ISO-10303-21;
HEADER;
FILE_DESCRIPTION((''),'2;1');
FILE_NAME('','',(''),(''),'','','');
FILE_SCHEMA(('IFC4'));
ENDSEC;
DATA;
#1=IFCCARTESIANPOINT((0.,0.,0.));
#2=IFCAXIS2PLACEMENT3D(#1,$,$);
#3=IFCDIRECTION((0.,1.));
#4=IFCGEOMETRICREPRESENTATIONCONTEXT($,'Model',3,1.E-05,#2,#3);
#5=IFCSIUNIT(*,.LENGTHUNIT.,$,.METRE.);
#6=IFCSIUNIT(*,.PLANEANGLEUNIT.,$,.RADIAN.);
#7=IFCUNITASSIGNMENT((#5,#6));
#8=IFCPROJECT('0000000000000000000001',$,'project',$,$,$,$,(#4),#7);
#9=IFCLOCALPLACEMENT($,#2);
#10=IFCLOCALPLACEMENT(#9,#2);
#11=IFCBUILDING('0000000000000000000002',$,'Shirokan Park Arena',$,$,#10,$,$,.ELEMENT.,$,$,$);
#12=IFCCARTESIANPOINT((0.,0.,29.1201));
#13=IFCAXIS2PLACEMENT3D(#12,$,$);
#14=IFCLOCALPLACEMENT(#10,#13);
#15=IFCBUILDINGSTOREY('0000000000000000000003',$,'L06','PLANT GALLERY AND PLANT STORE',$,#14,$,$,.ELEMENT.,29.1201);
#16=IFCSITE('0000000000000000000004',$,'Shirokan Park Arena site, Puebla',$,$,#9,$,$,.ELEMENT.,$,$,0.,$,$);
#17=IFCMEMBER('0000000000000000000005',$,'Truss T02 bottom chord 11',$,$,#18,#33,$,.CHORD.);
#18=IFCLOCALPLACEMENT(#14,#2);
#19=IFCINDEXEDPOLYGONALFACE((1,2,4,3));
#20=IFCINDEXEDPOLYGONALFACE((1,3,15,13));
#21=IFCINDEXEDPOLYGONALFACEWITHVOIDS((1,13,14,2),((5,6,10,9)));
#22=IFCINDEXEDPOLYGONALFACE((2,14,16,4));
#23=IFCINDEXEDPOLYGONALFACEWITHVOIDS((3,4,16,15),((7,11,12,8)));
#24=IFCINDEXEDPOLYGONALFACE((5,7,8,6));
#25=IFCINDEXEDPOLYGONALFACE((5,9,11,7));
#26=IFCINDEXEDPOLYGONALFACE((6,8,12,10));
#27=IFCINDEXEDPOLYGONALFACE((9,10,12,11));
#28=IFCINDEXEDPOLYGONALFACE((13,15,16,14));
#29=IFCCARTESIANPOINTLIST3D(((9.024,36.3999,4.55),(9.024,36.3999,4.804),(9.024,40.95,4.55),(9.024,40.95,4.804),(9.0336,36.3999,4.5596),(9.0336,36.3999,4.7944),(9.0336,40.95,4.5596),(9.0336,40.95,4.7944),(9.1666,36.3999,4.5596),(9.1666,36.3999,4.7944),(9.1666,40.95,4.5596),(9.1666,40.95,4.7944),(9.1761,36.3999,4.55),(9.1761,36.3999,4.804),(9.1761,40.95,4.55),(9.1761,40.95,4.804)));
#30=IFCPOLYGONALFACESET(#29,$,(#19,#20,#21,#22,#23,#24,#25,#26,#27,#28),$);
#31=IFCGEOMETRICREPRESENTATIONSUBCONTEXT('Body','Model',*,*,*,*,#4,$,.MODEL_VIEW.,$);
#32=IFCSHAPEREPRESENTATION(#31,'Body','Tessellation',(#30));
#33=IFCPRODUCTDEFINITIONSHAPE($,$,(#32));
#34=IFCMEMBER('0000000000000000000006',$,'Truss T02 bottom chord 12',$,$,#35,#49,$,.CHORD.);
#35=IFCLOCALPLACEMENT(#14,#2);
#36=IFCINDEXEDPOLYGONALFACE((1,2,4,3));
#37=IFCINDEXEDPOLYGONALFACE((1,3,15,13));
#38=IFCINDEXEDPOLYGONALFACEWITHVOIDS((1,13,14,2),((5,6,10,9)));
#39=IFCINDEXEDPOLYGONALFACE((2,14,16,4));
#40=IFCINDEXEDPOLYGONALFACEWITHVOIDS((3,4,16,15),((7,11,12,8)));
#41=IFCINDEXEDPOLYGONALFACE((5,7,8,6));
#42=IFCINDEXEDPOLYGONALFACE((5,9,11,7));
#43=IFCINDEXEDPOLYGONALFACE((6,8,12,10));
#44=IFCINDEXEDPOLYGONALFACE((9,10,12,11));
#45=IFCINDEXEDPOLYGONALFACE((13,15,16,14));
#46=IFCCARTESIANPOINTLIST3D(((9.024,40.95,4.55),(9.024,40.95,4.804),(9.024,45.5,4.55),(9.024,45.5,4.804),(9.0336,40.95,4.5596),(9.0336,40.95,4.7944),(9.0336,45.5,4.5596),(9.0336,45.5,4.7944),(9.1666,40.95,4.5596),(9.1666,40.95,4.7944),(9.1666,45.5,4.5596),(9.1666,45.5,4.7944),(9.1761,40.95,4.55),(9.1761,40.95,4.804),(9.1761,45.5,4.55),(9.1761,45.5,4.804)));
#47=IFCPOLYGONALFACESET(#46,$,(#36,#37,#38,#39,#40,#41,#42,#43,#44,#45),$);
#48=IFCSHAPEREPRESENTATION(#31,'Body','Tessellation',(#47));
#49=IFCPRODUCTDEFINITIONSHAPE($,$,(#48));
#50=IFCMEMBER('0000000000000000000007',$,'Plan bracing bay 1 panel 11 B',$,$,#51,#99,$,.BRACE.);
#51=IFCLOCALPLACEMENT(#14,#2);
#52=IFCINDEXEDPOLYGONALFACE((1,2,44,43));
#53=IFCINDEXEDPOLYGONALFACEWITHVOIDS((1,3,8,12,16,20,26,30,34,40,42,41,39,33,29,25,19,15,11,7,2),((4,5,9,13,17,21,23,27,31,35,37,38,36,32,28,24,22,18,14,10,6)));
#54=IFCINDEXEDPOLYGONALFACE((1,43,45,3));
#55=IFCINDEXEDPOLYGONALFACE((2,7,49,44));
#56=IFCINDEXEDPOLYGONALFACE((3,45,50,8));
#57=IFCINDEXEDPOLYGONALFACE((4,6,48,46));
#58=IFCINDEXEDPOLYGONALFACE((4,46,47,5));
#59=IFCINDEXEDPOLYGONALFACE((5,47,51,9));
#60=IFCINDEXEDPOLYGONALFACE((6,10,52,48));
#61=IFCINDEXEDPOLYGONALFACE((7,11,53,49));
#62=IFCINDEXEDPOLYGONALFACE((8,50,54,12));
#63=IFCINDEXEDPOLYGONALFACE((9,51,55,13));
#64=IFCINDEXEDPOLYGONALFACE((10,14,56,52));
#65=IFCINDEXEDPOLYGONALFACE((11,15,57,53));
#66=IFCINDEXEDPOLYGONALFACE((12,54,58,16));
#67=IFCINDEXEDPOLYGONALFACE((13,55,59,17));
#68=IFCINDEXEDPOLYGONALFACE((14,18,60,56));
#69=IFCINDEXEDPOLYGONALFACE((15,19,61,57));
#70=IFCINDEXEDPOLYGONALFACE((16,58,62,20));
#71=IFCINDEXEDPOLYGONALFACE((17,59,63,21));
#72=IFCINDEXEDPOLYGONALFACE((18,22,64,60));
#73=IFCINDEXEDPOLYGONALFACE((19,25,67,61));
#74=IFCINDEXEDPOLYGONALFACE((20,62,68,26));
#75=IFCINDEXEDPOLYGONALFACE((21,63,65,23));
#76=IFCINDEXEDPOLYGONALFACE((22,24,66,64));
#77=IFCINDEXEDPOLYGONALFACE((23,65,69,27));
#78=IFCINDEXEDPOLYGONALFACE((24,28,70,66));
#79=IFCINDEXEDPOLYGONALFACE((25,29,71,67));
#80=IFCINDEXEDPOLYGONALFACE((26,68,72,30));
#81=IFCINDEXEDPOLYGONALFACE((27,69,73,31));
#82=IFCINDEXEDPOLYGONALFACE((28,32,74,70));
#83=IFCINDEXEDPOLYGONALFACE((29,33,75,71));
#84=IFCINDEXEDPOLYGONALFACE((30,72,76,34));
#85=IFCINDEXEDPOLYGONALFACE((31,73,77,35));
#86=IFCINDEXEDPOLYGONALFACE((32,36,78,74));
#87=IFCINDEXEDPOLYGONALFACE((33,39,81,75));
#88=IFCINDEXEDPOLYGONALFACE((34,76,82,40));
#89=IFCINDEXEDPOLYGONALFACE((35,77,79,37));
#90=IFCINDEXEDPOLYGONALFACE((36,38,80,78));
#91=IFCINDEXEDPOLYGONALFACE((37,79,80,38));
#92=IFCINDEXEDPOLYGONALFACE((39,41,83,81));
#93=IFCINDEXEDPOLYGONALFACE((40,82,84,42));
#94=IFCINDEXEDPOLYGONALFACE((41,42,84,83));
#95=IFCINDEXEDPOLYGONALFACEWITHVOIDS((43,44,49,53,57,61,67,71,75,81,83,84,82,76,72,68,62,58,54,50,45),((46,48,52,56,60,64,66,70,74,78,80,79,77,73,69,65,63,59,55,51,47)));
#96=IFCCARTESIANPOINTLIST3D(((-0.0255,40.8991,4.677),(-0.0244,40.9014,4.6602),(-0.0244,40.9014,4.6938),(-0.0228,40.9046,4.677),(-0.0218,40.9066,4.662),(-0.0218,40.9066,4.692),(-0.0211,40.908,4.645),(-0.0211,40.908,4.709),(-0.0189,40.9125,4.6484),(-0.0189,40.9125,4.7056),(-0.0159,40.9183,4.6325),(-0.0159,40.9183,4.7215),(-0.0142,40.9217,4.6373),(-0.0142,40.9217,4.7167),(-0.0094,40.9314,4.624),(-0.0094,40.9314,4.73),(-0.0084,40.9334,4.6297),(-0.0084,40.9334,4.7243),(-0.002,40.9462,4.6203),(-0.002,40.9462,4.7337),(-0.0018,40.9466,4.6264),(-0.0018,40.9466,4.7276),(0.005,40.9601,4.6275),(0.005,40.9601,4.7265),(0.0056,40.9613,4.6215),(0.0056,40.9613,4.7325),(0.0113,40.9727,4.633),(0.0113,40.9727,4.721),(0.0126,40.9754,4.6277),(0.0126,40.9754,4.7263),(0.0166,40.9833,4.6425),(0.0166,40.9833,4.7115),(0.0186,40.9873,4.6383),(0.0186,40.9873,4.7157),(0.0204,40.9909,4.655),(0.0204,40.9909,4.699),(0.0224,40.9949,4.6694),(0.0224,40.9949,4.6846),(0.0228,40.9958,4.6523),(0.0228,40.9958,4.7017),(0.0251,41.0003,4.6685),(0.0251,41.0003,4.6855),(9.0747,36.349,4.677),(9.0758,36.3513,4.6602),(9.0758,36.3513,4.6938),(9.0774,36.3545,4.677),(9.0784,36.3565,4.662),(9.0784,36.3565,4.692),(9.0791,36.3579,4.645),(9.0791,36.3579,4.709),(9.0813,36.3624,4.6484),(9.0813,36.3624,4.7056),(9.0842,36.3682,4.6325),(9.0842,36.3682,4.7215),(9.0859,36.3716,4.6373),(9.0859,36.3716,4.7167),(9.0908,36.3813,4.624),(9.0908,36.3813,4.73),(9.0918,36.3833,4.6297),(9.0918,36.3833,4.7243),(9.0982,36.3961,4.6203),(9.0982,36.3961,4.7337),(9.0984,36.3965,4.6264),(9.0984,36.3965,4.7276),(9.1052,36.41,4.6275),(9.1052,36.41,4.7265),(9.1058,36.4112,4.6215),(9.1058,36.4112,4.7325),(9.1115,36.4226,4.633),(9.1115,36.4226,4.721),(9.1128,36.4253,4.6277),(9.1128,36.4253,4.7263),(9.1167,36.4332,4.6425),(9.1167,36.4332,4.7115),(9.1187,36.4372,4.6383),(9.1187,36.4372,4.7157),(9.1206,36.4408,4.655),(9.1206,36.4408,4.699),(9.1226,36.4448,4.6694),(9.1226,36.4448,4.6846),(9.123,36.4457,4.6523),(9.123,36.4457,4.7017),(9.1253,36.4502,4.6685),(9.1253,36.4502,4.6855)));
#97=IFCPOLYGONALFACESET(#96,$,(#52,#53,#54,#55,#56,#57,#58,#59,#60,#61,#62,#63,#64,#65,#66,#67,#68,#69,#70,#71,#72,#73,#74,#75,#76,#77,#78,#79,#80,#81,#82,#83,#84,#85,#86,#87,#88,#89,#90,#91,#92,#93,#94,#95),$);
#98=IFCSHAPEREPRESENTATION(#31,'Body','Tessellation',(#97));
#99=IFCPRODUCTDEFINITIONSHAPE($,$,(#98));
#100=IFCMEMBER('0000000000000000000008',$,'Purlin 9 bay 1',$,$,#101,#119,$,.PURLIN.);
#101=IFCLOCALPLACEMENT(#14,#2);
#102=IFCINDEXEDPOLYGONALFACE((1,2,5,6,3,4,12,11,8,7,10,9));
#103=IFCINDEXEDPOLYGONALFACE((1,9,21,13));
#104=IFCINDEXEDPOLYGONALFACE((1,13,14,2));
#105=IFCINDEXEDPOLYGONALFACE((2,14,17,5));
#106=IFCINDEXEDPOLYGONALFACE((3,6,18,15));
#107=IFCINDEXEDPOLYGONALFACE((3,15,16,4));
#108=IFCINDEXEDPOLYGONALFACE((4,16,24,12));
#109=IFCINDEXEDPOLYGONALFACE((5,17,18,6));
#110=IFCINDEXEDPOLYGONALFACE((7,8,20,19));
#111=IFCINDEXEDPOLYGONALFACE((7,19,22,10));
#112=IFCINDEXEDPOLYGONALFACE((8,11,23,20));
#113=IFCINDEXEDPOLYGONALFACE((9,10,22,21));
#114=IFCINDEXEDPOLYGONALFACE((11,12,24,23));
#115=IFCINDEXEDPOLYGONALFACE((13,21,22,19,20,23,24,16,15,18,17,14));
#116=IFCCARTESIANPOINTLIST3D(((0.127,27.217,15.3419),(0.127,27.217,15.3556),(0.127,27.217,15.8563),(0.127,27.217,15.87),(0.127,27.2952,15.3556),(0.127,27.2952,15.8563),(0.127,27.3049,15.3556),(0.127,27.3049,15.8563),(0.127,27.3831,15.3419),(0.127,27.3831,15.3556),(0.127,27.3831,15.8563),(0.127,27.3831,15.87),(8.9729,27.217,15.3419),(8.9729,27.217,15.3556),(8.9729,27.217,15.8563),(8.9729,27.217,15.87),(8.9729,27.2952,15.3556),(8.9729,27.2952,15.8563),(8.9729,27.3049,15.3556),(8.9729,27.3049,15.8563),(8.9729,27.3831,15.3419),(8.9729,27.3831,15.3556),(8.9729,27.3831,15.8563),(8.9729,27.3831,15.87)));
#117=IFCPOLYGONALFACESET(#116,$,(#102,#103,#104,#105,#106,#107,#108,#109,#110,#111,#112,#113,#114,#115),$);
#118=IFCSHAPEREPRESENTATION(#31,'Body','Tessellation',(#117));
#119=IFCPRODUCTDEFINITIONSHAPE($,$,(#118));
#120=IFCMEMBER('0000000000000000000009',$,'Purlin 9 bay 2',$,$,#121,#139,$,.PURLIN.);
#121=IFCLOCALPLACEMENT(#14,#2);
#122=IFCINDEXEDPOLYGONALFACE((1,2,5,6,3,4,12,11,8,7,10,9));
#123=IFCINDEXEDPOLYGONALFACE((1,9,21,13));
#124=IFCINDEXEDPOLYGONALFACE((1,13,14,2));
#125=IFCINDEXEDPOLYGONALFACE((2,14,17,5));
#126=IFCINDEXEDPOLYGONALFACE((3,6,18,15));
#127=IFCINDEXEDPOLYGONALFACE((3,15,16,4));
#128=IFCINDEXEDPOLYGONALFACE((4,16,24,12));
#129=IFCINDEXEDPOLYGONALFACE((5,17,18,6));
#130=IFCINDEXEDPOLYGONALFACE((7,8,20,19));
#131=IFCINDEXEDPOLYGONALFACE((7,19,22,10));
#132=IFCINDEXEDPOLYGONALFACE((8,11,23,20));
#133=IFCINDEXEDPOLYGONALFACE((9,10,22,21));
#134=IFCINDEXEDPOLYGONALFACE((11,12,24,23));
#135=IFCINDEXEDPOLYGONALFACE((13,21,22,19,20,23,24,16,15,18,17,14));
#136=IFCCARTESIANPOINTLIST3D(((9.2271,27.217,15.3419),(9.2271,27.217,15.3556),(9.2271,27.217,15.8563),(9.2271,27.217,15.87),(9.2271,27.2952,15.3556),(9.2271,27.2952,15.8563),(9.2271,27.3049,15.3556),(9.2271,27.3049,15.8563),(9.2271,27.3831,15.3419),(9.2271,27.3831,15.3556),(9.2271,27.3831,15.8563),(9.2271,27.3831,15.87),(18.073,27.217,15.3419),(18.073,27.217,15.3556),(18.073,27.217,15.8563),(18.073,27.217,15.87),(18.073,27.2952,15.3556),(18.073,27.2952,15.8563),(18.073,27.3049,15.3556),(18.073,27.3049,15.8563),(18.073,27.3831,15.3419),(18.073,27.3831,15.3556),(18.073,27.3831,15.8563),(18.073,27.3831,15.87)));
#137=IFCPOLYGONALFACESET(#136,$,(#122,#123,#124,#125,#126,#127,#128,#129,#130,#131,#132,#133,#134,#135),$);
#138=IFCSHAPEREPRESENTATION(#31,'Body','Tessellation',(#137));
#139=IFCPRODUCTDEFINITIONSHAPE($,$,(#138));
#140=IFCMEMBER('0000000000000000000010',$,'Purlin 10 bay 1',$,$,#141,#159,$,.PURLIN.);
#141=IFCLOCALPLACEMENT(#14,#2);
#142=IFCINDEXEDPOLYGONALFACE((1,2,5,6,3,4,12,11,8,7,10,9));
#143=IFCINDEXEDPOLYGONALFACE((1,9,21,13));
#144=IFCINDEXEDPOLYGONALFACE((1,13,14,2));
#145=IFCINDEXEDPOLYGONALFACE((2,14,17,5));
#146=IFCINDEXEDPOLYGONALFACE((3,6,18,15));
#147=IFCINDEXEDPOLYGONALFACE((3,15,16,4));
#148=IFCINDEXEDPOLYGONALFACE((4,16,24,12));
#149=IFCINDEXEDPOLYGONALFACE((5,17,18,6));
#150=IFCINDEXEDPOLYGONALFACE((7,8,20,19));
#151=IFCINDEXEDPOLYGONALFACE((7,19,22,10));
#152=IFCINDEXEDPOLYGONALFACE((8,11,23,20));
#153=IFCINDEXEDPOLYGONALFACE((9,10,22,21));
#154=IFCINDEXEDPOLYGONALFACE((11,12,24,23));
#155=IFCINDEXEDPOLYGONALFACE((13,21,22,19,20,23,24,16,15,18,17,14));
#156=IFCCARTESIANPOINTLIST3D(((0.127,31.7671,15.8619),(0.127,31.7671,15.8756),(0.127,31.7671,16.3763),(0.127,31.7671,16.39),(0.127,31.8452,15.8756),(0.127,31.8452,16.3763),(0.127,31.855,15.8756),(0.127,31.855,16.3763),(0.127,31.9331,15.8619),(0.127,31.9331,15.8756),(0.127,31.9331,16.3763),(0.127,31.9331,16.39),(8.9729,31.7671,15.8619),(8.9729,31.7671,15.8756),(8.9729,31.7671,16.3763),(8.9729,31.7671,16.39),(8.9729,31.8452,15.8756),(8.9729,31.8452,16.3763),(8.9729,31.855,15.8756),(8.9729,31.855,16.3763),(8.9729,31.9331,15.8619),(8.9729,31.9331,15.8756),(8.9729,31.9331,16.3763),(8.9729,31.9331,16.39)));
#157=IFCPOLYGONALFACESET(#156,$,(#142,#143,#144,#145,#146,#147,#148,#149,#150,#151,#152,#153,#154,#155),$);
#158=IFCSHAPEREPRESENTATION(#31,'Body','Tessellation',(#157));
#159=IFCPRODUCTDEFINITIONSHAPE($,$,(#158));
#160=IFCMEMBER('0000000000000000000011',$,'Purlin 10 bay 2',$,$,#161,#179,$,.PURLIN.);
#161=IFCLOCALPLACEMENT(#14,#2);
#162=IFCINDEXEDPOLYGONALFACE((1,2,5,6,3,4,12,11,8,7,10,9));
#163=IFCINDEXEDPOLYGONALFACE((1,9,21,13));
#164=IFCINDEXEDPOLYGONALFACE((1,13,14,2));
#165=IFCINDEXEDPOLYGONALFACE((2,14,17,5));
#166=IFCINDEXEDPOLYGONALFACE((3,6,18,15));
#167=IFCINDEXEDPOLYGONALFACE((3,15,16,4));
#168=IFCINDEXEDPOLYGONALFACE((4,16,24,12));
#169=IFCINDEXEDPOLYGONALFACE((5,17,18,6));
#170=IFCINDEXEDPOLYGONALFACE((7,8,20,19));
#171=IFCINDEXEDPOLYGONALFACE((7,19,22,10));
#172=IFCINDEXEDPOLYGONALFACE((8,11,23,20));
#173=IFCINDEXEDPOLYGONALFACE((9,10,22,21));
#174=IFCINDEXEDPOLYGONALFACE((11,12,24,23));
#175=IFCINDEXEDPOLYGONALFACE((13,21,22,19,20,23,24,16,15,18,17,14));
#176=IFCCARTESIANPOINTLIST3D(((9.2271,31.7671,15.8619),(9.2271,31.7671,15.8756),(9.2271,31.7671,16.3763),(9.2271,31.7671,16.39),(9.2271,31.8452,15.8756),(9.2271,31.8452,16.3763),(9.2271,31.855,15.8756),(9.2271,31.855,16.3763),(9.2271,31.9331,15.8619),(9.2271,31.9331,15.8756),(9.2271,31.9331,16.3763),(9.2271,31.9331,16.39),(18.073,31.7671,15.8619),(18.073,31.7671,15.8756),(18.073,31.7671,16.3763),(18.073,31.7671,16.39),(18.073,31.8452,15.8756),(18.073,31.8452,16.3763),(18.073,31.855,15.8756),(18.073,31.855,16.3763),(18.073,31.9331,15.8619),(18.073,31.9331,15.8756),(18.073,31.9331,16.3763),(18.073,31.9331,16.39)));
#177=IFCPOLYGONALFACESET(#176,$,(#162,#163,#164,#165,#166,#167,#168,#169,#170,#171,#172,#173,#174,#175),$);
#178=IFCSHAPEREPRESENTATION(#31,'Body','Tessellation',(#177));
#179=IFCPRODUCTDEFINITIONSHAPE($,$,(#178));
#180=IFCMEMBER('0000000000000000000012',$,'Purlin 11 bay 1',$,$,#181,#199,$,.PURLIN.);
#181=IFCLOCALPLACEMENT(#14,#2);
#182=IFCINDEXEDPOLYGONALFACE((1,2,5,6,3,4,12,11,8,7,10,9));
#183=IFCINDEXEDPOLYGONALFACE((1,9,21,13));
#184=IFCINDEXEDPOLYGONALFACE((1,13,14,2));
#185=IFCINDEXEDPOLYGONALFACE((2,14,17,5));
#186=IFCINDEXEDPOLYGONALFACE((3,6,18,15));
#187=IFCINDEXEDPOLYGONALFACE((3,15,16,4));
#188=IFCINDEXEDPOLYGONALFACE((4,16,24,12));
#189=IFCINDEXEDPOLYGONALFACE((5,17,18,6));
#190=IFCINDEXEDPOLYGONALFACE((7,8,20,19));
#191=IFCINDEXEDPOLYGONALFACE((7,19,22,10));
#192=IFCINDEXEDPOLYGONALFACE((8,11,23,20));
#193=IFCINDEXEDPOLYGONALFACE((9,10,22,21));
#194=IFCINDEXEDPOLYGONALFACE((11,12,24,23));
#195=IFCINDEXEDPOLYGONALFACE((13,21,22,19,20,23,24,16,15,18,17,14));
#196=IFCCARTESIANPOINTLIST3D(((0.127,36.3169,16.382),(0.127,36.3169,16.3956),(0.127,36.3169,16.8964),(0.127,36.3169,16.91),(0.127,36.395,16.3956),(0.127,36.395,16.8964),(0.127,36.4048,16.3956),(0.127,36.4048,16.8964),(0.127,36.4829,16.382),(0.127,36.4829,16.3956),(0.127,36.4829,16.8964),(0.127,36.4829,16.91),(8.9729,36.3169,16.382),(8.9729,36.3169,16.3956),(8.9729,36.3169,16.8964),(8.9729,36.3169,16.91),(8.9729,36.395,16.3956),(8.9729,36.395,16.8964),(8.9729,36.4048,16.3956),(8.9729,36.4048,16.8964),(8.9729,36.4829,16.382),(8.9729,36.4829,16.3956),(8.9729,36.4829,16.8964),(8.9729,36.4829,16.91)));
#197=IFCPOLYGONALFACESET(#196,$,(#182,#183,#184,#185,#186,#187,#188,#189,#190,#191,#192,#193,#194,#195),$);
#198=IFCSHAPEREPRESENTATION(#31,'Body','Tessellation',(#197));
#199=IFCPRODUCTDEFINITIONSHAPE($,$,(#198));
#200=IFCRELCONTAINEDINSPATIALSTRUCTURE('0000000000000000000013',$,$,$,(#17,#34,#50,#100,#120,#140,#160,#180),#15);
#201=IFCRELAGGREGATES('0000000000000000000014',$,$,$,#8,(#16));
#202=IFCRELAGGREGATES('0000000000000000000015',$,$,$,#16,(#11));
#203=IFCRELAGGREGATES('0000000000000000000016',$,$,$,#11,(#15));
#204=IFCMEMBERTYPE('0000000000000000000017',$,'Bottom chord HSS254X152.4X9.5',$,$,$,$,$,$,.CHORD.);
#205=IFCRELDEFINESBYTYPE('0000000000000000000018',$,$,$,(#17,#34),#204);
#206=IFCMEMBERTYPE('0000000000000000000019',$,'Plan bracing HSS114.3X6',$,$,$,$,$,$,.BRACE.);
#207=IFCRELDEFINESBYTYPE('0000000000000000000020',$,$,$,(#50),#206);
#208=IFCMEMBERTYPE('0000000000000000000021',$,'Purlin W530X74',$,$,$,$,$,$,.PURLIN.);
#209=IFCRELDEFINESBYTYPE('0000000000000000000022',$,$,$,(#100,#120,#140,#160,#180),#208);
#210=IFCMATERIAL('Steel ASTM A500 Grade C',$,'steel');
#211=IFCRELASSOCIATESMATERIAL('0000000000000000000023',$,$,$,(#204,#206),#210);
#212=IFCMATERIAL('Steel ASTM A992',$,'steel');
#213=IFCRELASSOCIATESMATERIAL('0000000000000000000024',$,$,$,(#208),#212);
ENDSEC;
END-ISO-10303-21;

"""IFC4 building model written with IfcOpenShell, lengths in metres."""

from ifc_helpers import new_model, si_unit, direction, frame, origin, origin_2d, place, context, subcontext, project, spatial, hollow_rectangle, hollow_circle, i_section, extrude, material, material_profile, profile_set, type_object, element, save


model = new_model("IFC4")

# Units and contexts
model_context = context("Model", 3, precision=1e-05, world=origin(), true_north=direction((0.0, 1.0)))
body_context = subcontext(model_context, "Body", "Model", "MODEL_VIEW")
ifc_project = project(units=[si_unit("LENGTHUNIT", "METRE"), si_unit("PLANEANGLEUNIT", "RADIAN")], contexts=[model_context])

# Site, building, storey
site_placement = place(None, origin())
site = spatial("IfcSite", under=ifc_project, at=site_placement, Name="Shirokan Park Arena site, Puebla", CompositionType="ELEMENT", RefElevation=0.0)
building_placement = place(site_placement, origin())
building = spatial("IfcBuilding", under=site, at=building_placement, Name="Shirokan Park Arena", CompositionType="ELEMENT")
storey_placement = place(building_placement, frame((0.0, 0.0, 29.1201)))
storey = spatial("IfcBuildingStorey", under=building, at=storey_placement, Name="L06", Description="PLANT GALLERY AND PLANT STORE", CompositionType="ELEMENT", Elevation=29.1201)

# Members
ifc_material_1 = material(Name="Steel ASTM A500 Grade C", Category="steel")
ifc_material_profile_1 = material_profile(ifc_material_1, hollow_rectangle(XDim=0.1521, YDim=0.2539, WallThickness=0.0095, at=origin_2d()), Name="HSS254X152.4X9.5")
ifc_profile_set_1 = profile_set([ifc_material_profile_1], Name="Steel ASTM A500 Grade C")
member_type_1 = type_object("IfcMemberType", Name="Bottom chord HSS254X152.4X9.5", PredefinedType="CHORD", material=ifc_profile_set_1)
for number, where, z_axis, x_axis, name in (
    (1, (9.1001, 36.3999, 4.677), (0.0, 1.0, 0.0), (-1.0, 0.0, 0.0), "Truss T02 bottom chord 11"),
    (2, (9.1001, 40.95, 4.677), (0.0, 1.0, 0.0), (-1.0, 0.0, 0.0), "Truss T02 bottom chord 12"),
):
    element("IfcMember", number, at=place(storey_placement, frame(where, z_axis=z_axis, x_axis=x_axis)), inside=storey, type_object=member_type_1, Name=name, PredefinedType="CHORD", context=body_context, shape_type="SweptSolid", body=[
        extrude(hollow_rectangle(XDim=0.1521, YDim=0.2539, WallThickness=0.0095, at=origin_2d()), origin(), (0.0, 0.0, 1.0), 4.55),
    ])
ifc_material_profile_2 = material_profile(ifc_material_1, hollow_circle(Radius=0.0569, WallThickness=0.0061, at=origin_2d()), Name="HSS114.3X6")
ifc_profile_set_2 = profile_set([ifc_material_profile_2], Name="Steel ASTM A500 Grade C")
member_type_2 = type_object("IfcMemberType", Name="Plan bracing HSS114.3X6", PredefinedType="BRACE", material=ifc_profile_set_2)
member_1_placement = place(storey_placement, frame((9.1001, 36.3999, 4.677), z_axis=(-0.894427, 0.447214, 0.0), x_axis=(-0.447214, -0.894427, 0.0)))
element("IfcMember", 3, at=member_1_placement, inside=storey, type_object=member_type_2, Name="Plan bracing bay 1 panel 11 B", PredefinedType="BRACE", context=body_context, shape_type="SweptSolid", body=[
    extrude(hollow_circle(Radius=0.0569, WallThickness=0.0061, at=origin_2d()), origin(), (0.0, 0.0, 1.0), 10.1743),
])
ifc_material_2 = material(Name="Steel ASTM A992", Category="steel")
ifc_material_profile_3 = material_profile(ifc_material_2, i_section(OverallWidth=0.166, OverallDepth=0.5281, WebThickness=0.0098, FlangeThickness=0.0137, at=origin_2d()), Name="W530X74")
ifc_profile_set_3 = profile_set([ifc_material_profile_3], Name="Steel ASTM A992")
member_type_3 = type_object("IfcMemberType", Name="Purlin W530X74", PredefinedType="PURLIN", material=ifc_profile_set_3)
for number, where, z_axis, x_axis, name in (
    (4, (0.127, 27.3, 15.606), (1.0, 0.0, 0.0), (0.0, 1.0, 0.0), "Purlin 9 bay 1"),
    (5, (9.2271, 27.3, 15.606), (1.0, 0.0, 0.0), (0.0, 1.0, 0.0), "Purlin 9 bay 2"),
    (6, (0.127, 31.8501, 16.126), (1.0, 0.0, 0.0), (0.0, 1.0, 0.0), "Purlin 10 bay 1"),
    (7, (9.2271, 31.8501, 16.126), (1.0, 0.0, 0.0), (0.0, 1.0, 0.0), "Purlin 10 bay 2"),
    (8, (0.127, 36.3999, 16.646), (1.0, 0.0, 0.0), (0.0, 1.0, 0.0), "Purlin 11 bay 1"),
):
    element("IfcMember", number, at=place(storey_placement, frame(where, z_axis=z_axis, x_axis=x_axis)), inside=storey, type_object=member_type_3, Name=name, PredefinedType="PURLIN", context=body_context, shape_type="SweptSolid", body=[
        extrude(i_section(OverallWidth=0.166, OverallDepth=0.5281, WebThickness=0.0098, FlangeThickness=0.0137, at=origin_2d()), origin(), (0.0, 0.0, 1.0), 8.8459),
    ])

save(model, "model.ifc")
